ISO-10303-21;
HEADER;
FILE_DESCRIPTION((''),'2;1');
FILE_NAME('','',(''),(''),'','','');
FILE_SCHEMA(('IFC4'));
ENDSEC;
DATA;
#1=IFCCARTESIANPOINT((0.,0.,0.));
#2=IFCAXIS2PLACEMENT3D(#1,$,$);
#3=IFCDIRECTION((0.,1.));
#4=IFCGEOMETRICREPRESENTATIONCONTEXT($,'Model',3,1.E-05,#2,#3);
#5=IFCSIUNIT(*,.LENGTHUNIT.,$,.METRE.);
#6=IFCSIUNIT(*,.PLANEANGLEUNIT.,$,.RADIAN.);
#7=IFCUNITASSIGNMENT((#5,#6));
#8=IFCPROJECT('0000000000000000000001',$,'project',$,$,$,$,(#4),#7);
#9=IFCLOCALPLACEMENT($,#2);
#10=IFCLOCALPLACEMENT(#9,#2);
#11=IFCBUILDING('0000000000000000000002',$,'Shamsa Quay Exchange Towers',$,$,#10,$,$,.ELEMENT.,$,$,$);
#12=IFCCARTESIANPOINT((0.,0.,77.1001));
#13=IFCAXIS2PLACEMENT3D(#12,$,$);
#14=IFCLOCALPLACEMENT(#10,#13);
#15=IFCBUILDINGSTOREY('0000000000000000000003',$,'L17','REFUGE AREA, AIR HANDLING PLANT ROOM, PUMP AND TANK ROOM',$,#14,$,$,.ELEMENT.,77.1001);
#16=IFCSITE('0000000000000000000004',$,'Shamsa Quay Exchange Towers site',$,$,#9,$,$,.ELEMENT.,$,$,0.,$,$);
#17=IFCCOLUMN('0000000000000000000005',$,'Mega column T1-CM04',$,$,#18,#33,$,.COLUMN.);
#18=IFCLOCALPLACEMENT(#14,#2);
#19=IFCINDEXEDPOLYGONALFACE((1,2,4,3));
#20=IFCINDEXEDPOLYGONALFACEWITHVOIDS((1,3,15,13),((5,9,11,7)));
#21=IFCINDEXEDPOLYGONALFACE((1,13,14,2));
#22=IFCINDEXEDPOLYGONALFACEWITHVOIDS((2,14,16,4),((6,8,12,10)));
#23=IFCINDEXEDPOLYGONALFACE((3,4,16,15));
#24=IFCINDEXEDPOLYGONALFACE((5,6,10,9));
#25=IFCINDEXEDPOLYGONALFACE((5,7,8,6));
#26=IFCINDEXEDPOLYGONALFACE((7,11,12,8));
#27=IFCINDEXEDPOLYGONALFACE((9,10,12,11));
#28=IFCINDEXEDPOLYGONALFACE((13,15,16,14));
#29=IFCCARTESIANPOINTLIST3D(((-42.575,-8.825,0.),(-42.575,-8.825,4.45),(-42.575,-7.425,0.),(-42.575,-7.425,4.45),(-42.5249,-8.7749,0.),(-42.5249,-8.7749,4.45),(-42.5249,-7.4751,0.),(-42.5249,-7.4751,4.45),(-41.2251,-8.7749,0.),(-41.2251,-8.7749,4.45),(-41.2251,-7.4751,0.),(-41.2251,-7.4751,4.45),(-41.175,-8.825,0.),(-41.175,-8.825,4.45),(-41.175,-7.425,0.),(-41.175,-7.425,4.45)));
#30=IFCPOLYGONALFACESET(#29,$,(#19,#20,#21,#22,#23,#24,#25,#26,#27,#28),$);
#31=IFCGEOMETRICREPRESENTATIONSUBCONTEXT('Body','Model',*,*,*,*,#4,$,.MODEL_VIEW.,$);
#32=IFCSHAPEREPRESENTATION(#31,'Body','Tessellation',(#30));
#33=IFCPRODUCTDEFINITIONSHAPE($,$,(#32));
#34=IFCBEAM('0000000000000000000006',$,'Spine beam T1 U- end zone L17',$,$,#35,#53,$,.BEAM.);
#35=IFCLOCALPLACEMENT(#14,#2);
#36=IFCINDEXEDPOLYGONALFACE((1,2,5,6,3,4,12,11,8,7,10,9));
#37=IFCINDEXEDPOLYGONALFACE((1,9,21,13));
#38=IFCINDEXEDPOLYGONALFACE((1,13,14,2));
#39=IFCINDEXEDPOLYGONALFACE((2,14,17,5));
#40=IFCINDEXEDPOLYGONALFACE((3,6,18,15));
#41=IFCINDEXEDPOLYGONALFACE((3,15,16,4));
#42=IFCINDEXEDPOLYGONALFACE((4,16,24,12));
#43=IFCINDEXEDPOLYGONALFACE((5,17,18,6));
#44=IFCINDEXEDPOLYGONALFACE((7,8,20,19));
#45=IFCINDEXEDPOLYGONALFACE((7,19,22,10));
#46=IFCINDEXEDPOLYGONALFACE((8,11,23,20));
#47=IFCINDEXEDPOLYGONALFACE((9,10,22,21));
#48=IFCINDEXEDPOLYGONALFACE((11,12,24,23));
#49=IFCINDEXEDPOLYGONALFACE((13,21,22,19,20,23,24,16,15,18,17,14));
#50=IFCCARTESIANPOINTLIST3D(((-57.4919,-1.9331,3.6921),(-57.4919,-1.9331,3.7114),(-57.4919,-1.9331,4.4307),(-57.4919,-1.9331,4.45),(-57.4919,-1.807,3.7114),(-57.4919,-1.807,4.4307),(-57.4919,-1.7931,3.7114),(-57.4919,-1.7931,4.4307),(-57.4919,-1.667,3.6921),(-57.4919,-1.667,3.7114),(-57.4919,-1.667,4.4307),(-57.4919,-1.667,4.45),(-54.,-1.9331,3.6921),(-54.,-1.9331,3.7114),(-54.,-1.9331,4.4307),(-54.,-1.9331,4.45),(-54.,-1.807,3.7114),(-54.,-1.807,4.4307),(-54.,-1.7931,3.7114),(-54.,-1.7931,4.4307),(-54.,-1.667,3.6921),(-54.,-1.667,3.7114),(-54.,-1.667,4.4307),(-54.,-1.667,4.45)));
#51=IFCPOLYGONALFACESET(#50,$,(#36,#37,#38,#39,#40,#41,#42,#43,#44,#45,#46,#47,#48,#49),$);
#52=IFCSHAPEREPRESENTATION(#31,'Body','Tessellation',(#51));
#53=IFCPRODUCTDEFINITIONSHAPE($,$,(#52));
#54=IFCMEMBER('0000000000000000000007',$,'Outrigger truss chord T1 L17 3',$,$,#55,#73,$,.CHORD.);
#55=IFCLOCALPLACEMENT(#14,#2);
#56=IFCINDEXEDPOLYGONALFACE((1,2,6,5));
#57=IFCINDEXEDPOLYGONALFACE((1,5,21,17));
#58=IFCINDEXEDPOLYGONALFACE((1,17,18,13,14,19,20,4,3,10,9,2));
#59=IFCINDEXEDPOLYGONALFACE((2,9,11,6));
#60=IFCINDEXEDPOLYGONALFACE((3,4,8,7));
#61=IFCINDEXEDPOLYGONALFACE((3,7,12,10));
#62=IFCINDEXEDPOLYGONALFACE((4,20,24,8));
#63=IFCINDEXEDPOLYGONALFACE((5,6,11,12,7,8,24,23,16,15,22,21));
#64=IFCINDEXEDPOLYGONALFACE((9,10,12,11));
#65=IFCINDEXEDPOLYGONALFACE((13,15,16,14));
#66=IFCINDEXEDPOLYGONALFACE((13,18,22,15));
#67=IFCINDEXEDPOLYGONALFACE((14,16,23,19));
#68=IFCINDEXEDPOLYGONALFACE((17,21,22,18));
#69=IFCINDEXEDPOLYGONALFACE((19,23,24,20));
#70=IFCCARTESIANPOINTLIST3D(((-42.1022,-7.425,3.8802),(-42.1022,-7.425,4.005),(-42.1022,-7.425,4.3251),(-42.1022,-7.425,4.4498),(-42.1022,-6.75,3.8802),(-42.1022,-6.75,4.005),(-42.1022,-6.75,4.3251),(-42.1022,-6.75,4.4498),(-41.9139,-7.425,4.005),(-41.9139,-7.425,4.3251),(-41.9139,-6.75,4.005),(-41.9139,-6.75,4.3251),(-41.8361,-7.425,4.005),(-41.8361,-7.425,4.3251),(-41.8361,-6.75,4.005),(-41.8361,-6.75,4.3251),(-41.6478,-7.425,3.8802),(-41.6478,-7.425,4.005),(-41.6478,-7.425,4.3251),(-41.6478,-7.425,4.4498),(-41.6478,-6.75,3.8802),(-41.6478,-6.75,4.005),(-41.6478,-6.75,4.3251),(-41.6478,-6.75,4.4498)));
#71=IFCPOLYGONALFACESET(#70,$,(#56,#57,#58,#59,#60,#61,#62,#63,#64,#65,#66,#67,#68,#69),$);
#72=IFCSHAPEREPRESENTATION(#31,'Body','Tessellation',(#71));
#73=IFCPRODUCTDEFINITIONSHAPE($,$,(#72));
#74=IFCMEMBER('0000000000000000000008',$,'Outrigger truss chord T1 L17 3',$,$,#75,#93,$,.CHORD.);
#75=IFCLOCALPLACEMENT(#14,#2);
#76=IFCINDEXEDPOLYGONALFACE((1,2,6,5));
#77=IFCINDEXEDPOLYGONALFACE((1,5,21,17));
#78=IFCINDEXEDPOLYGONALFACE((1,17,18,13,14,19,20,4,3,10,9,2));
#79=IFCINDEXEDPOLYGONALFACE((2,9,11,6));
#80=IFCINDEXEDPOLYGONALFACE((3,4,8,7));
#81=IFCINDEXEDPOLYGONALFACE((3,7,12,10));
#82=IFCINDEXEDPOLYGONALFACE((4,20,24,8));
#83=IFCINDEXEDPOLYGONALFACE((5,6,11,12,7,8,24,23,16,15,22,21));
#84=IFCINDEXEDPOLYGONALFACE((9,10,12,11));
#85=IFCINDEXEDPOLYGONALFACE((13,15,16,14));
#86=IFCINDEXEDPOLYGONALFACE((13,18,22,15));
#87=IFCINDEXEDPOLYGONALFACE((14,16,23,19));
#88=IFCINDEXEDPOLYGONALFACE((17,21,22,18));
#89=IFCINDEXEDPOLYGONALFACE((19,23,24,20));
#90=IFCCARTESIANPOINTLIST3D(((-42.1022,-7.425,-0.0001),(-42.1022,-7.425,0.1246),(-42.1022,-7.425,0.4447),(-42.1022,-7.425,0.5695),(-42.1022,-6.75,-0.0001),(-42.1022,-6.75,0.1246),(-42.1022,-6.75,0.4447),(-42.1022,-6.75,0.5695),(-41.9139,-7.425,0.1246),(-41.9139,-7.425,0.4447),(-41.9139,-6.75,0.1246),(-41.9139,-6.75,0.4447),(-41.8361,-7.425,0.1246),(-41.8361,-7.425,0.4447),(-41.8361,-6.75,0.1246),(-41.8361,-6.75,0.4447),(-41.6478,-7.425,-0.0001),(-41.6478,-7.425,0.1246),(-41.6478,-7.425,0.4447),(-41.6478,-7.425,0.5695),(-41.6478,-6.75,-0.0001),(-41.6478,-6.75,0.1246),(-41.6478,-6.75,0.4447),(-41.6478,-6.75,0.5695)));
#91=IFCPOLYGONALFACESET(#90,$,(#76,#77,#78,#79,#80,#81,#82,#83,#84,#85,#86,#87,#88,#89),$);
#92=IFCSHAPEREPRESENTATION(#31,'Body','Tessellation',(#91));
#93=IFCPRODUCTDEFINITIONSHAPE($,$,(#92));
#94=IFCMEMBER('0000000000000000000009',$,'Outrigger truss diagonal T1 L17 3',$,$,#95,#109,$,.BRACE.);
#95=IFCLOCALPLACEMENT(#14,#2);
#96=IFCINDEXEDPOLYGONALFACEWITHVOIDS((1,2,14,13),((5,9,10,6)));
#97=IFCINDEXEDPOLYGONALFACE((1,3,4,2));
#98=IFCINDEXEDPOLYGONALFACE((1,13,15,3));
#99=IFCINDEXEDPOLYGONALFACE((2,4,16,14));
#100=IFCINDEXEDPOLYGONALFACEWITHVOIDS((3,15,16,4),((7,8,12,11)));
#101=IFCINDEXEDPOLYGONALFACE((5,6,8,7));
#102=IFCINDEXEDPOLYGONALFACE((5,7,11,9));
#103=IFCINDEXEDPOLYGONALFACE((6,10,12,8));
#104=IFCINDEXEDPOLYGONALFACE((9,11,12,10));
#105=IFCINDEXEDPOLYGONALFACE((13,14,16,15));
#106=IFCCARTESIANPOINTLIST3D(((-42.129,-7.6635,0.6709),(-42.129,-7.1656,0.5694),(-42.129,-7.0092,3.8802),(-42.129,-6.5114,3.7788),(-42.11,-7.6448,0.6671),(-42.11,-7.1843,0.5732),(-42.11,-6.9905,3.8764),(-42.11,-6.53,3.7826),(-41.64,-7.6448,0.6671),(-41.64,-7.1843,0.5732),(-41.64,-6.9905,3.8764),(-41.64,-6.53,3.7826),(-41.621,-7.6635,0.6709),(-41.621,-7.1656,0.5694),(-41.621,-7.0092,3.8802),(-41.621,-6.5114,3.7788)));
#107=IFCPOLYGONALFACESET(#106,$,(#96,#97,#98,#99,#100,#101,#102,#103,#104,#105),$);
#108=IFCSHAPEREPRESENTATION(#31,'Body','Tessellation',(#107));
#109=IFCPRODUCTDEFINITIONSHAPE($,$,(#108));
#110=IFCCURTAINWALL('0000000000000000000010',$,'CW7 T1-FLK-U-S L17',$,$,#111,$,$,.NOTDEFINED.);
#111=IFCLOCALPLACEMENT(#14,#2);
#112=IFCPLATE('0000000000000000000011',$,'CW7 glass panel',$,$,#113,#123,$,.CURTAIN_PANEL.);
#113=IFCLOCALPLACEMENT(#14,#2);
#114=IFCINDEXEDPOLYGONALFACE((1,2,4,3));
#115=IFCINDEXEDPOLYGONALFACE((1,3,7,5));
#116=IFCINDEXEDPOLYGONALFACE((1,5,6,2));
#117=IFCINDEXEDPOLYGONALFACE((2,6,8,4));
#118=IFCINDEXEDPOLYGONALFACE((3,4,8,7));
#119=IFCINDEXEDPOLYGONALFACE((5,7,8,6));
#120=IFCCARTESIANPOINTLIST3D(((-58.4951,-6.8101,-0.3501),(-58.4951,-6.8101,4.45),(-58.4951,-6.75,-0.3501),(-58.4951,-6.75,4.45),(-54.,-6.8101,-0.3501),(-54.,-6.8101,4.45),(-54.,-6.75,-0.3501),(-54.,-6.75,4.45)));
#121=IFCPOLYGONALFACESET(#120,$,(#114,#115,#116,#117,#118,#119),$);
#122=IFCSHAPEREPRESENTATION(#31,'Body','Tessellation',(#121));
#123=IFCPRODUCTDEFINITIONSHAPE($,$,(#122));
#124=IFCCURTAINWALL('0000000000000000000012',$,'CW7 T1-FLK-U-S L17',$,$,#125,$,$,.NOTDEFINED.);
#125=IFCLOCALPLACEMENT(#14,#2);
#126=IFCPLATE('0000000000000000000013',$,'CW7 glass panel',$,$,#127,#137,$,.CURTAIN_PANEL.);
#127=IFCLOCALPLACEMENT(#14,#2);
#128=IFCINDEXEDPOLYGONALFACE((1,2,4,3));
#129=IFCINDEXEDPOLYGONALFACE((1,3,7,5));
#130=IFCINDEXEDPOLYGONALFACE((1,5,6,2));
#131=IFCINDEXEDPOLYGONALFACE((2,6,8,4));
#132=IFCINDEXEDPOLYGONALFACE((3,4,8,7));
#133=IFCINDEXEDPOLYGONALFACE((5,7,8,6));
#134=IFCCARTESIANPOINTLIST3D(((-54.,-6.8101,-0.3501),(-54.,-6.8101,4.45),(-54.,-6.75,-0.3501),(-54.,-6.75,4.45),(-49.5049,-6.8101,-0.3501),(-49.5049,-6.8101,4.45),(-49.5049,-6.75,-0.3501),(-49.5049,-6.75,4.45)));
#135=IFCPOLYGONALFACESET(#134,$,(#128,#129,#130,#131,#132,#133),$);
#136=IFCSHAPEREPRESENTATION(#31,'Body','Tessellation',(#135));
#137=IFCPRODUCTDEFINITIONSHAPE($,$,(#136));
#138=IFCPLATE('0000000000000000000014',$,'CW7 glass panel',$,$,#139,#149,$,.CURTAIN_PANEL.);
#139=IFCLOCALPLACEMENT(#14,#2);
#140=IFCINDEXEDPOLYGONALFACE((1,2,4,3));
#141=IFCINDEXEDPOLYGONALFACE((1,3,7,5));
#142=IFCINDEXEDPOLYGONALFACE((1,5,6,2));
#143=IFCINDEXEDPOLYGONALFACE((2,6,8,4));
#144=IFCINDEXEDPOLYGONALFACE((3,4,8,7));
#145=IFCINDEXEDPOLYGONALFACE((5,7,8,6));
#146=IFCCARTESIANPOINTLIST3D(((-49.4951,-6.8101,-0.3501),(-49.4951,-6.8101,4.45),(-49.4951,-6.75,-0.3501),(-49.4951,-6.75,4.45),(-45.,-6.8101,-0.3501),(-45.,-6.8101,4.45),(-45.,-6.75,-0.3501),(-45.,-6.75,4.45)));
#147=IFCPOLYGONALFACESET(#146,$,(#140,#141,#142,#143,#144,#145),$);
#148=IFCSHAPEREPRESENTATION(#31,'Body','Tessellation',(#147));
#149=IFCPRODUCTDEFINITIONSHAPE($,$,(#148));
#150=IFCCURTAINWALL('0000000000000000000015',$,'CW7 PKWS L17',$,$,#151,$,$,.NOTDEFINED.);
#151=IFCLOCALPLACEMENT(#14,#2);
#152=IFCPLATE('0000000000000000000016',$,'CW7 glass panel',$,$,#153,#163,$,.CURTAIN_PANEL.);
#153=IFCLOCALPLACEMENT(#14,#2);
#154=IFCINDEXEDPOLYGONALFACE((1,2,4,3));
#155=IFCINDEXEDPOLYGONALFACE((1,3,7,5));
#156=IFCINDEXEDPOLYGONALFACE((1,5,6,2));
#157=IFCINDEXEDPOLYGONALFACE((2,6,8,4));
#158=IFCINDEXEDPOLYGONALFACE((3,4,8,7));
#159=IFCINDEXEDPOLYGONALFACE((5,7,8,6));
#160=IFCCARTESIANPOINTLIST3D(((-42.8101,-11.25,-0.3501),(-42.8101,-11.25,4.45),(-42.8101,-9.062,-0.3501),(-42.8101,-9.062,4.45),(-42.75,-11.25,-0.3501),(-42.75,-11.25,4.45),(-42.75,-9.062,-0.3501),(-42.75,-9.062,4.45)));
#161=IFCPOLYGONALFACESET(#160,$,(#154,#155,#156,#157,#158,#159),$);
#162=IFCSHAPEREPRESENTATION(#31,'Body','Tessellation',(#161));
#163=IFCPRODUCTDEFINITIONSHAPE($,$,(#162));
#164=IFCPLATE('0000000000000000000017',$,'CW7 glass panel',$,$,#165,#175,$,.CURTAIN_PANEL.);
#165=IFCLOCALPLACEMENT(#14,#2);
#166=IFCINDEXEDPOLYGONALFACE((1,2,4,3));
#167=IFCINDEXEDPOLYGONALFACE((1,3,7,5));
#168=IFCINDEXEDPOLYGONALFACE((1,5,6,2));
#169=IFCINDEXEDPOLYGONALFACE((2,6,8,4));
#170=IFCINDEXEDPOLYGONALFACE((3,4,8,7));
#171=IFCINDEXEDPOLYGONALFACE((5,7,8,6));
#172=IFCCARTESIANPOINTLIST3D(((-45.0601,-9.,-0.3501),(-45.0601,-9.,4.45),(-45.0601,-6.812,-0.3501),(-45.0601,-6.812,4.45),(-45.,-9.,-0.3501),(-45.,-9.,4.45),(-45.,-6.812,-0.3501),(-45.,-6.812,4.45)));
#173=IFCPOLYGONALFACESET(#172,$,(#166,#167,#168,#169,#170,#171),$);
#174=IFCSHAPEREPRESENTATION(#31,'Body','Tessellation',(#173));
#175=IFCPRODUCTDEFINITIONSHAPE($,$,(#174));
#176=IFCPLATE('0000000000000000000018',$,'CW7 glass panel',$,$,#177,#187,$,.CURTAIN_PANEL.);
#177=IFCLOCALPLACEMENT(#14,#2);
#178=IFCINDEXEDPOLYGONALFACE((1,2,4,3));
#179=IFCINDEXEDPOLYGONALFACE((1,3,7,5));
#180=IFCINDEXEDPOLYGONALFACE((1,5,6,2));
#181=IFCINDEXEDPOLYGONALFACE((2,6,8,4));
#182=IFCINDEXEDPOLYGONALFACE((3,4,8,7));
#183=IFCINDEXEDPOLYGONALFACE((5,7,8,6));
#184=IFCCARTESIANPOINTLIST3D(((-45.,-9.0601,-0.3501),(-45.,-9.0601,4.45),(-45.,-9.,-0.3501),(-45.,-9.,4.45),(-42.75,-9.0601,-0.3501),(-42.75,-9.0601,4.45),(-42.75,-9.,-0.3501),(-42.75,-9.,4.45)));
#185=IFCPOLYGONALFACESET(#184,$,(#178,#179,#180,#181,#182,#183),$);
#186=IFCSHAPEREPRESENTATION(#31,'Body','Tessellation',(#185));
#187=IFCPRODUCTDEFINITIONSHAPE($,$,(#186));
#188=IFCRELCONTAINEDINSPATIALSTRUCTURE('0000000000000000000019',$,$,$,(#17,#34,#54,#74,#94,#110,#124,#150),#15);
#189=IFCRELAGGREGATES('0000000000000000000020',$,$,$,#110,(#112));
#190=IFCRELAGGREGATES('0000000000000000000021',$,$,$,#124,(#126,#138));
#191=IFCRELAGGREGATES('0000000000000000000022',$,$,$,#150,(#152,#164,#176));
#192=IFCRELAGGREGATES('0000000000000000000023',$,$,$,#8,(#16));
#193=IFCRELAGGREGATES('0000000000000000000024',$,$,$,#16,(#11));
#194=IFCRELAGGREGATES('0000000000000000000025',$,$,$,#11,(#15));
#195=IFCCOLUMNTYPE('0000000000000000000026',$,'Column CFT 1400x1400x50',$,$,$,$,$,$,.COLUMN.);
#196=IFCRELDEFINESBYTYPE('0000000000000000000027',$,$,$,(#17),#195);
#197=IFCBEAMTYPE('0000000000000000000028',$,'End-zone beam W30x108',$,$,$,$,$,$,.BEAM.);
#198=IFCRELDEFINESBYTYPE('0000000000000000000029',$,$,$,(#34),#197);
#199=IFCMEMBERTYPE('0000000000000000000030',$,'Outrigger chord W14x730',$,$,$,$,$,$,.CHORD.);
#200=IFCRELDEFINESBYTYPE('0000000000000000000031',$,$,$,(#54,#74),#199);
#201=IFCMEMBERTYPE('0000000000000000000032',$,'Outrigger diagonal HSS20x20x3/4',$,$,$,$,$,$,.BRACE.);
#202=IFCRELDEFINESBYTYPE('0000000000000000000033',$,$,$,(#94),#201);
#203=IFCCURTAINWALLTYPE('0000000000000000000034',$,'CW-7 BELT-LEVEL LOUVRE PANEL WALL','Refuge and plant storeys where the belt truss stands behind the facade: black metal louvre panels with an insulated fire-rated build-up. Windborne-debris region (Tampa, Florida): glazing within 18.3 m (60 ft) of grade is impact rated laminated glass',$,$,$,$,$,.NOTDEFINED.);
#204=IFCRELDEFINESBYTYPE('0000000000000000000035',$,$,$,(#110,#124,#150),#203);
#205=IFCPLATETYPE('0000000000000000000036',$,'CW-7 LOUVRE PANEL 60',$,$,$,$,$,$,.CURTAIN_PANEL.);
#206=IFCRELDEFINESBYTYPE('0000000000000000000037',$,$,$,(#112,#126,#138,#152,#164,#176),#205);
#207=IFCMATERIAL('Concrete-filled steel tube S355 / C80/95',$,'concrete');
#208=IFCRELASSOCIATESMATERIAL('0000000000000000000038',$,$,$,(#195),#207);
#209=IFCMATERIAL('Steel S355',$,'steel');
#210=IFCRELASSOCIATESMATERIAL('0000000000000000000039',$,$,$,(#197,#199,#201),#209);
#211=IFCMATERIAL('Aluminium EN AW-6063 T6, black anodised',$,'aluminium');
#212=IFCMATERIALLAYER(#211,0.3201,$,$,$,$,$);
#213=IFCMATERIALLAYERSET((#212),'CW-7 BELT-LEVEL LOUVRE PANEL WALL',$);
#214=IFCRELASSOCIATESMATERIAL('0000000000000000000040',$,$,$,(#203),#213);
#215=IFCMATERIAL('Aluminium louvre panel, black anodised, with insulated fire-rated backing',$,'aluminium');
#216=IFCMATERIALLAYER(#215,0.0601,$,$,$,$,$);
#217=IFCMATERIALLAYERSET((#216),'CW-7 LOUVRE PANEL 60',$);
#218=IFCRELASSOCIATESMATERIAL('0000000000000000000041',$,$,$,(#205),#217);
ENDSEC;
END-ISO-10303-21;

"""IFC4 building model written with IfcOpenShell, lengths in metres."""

from ifc_helpers import new_model, si_unit, direction, frame, origin, origin_2d, place, context, subcontext, project, spatial, rectangle, hollow_rectangle, i_section, extrude, material, layer, layer_set, material_profile, profile_set, type_object, element, aggregate, save


model = new_model("IFC4")

# Units and contexts
model_context = context("Model", 3, precision=1e-05, world=origin(), true_north=direction((0.0, 1.0)))
body_context = subcontext(model_context, "Body", "Model", "MODEL_VIEW")
ifc_project = project(units=[si_unit("LENGTHUNIT", "METRE"), si_unit("PLANEANGLEUNIT", "RADIAN")], contexts=[model_context])

# Site, building, storey
site_placement = place(None, origin())
site = spatial("IfcSite", under=ifc_project, at=site_placement, Name="Shamsa Quay Exchange Towers site", CompositionType="ELEMENT", RefElevation=0.0)
building_placement = place(site_placement, origin())
building = spatial("IfcBuilding", under=site, at=building_placement, Name="Shamsa Quay Exchange Towers", CompositionType="ELEMENT")
storey_placement = place(building_placement, frame((0.0, 0.0, 77.1001)))
storey = spatial("IfcBuildingStorey", under=building, at=storey_placement, Name="L17", Description="REFUGE AREA, AIR HANDLING PLANT ROOM, PUMP AND TANK ROOM", CompositionType="ELEMENT", Elevation=77.1001)

# Column
ifc_material_1 = material(Name="Concrete-filled steel tube S355 / C80/95", Category="concrete")
ifc_material_profile_1 = material_profile(ifc_material_1, hollow_rectangle(XDim=1.3999, YDim=1.3999, WallThickness=0.05, at=origin_2d()), Name="CFT 1400x1400x50")
ifc_profile_set_1 = profile_set([ifc_material_profile_1], Name="Concrete-filled steel tube S355 / C80/95")
column_type = type_object("IfcColumnType", Name="Column CFT 1400x1400x50", PredefinedType="COLUMN", material=ifc_profile_set_1)
column_placement = place(storey_placement, frame((-41.875, -8.125, 0.0)))
element("IfcColumn", 1, at=column_placement, inside=storey, type_object=column_type, Name="Mega column T1-CM04", PredefinedType="COLUMN", context=body_context, shape_type="SweptSolid", body=[
    extrude(hollow_rectangle(XDim=1.3999, YDim=1.3999, WallThickness=0.05, at=origin_2d()), origin(), (0.0, 0.0, 1.0), 4.45),
])

# Beam
ifc_material_2 = material(Name="Steel S355", Category="steel")
ifc_material_profile_2 = material_profile(ifc_material_2, i_section(OverallWidth=0.2661, OverallDepth=0.7578, WebThickness=0.0139, FlangeThickness=0.0193, at=origin_2d()), Name="W30x108")
ifc_profile_set_2 = profile_set([ifc_material_profile_2], Name="Steel S355")
beam_type = type_object("IfcBeamType", Name="End-zone beam W30x108", PredefinedType="BEAM", material=ifc_profile_set_2)
beam_placement = place(storey_placement, frame((-54.0, -1.8, 4.071), z_axis=(-1.0, 0.0, 0.0), x_axis=(0.0, -1.0, 0.0)))
element("IfcBeam", 2, at=beam_placement, inside=storey, type_object=beam_type, Name="Spine beam T1 U- end zone L17", PredefinedType="BEAM", context=body_context, shape_type="SweptSolid", body=[
    extrude(i_section(OverallWidth=0.2661, OverallDepth=0.7578, WebThickness=0.0139, FlangeThickness=0.0193, at=origin_2d()), origin(), (0.0, 0.0, 1.0), 3.4919),
])

# Members
ifc_material_profile_3 = material_profile(ifc_material_2, i_section(OverallWidth=0.4543, OverallDepth=0.5696, WebThickness=0.0779, FlangeThickness=0.1248, at=origin_2d()), Name="W14x730")
ifc_profile_set_3 = profile_set([ifc_material_profile_3], Name="Steel S355")
member_type_1 = type_object("IfcMemberType", Name="Outrigger chord W14x730", PredefinedType="CHORD", material=ifc_profile_set_3)
for number, where, z_axis, x_axis, name in (
    (3, (-41.875, -7.425, 4.165), (0.0, 1.0, 0.0), (-1.0, 0.0, 0.0), "Outrigger truss chord T1 L17 3"),
    (4, (-41.875, -7.425, 0.2847), (0.0, 1.0, 0.0), (-1.0, 0.0, 0.0), "Outrigger truss chord T1 L17 3"),
):
    element("IfcMember", number, at=place(storey_placement, frame(where, z_axis=z_axis, x_axis=x_axis)), inside=storey, type_object=member_type_1, Name=name, PredefinedType="CHORD", context=body_context, shape_type="SweptSolid", body=[
        extrude(i_section(OverallWidth=0.4543, OverallDepth=0.5696, WebThickness=0.0779, FlangeThickness=0.1248, at=origin_2d()), origin(), (0.0, 0.0, 1.0), 0.675),
    ])
ifc_material_profile_4 = material_profile(ifc_material_2, hollow_rectangle(XDim=0.5081, YDim=0.5081, WallThickness=0.019, at=origin_2d()), Name="HSS20x20x3/4")
ifc_profile_set_4 = profile_set([ifc_material_profile_4], Name="Steel S355")
member_type_2 = type_object("IfcMemberType", Name="Outrigger diagonal HSS20x20x3/4", PredefinedType="BRACE", material=ifc_profile_set_4)
member_placement = place(storey_placement, frame((-41.875, -7.4146, 0.6201), z_axis=(0.0, 0.199756, 0.979846), x_axis=(-1.0, 0.0, 0.0)))
element("IfcMember", 5, at=member_placement, inside=storey, type_object=member_type_2, Name="Outrigger truss diagonal T1 L17 3", PredefinedType="BRACE", context=body_context, shape_type="SweptSolid", body=[
    extrude(hollow_rectangle(XDim=0.5081, YDim=0.5081, WallThickness=0.019, at=origin_2d()), origin(), (0.0, 0.0, 1.0), 3.2754),
])

# Curtain wall, plate
ifc_material_3 = material(Name="Aluminium EN AW-6063 T6, black anodised", Category="aluminium")
ifc_layer_1 = layer(ifc_material_3, 0.3201)
ifc_layer_set_1 = layer_set([ifc_layer_1], Name="CW-7 BELT-LEVEL LOUVRE PANEL WALL")
curtain_wall_type = type_object("IfcCurtainWallType", Name="CW-7 BELT-LEVEL LOUVRE PANEL WALL", Description="Refuge and plant storeys where the belt truss stands behind the facade: black metal louvre panels with an insulated fire-rated build-up. Windborne-debris region (Tampa, Florida): glazing within 18.3 m (60 ft) of grade is impact rated laminated glass", PredefinedType="NOTDEFINED", material=ifc_layer_set_1)
curtain_wall_1_placement = place(storey_placement, origin())
curtain_wall_1 = element("IfcCurtainWall", 6, at=curtain_wall_1_placement, inside=storey, type_object=curtain_wall_type, Name="CW7 T1-FLK-U-S L17", PredefinedType="NOTDEFINED")
ifc_material_4 = material(Name="Aluminium louvre panel, black anodised, with insulated fire-rated backing", Category="aluminium")
ifc_layer_2 = layer(ifc_material_4, 0.0601)
ifc_layer_set_2 = layer_set([ifc_layer_2], Name="CW-7 LOUVRE PANEL 60")
plate_type = type_object("IfcPlateType", Name="CW-7 LOUVRE PANEL 60", PredefinedType="CURTAIN_PANEL", material=ifc_layer_set_2)
plate_1_placement = place(storey_placement, frame((-56.2476, -6.78, -0.3501)))
plate_1 = element("IfcPlate", 7, at=plate_1_placement, type_object=plate_type, Name="CW7 glass panel", PredefinedType="CURTAIN_PANEL", context=body_context, shape_type="SweptSolid", body=[
    extrude(rectangle(XDim=4.4951, YDim=0.0601, at=origin_2d()), origin(), (0.0, 0.0, 1.0), 4.8),
])
aggregate(curtain_wall_1, [plate_1])

# Curtain walls, plates
curtain_wall_2_placement = place(storey_placement, origin())
curtain_wall_2 = element("IfcCurtainWall", 8, at=curtain_wall_2_placement, inside=storey, type_object=curtain_wall_type, Name="CW7 T1-FLK-U-S L17", PredefinedType="NOTDEFINED")
plate_2_placement = place(storey_placement, frame((-51.7524, -6.78, -0.3501)))
plate_2 = element("IfcPlate", 9, at=plate_2_placement, type_object=plate_type, Name="CW7 glass panel", PredefinedType="CURTAIN_PANEL", context=body_context, shape_type="SweptSolid", body=[
    extrude(rectangle(XDim=4.4951, YDim=0.0601, at=origin_2d()), origin(), (0.0, 0.0, 1.0), 4.8),
])
plate_3_placement = place(storey_placement, frame((-47.2476, -6.78, -0.3501)))
plate_3 = element("IfcPlate", 10, at=plate_3_placement, type_object=plate_type, Name="CW7 glass panel", PredefinedType="CURTAIN_PANEL", context=body_context, shape_type="SweptSolid", body=[
    extrude(rectangle(XDim=4.4951, YDim=0.0601, at=origin_2d()), origin(), (0.0, 0.0, 1.0), 4.8),
])
aggregate(curtain_wall_2, [plate_2, plate_3])
curtain_wall_3_placement = place(storey_placement, origin())
curtain_wall_3 = element("IfcCurtainWall", 11, at=curtain_wall_3_placement, inside=storey, type_object=curtain_wall_type, Name="CW7 PKWS L17", PredefinedType="NOTDEFINED")
plate_4_placement = place(storey_placement, frame((-42.78, -10.156, -0.3501), z_axis=(0.0, 0.0, 1.0), x_axis=(0.0, -1.0, 0.0)))
plate_4 = element("IfcPlate", 12, at=plate_4_placement, type_object=plate_type, Name="CW7 glass panel", PredefinedType="CURTAIN_PANEL", context=body_context, shape_type="SweptSolid", body=[
    extrude(rectangle(XDim=2.188, YDim=0.0601, at=origin_2d()), origin(), (0.0, 0.0, 1.0), 4.8),
])
plate_5_placement = place(storey_placement, frame((-45.03, -7.906, -0.3501), z_axis=(0.0, 0.0, 1.0), x_axis=(0.0, -1.0, 0.0)))
plate_5 = element("IfcPlate", 13, at=plate_5_placement, type_object=plate_type, Name="CW7 glass panel", PredefinedType="CURTAIN_PANEL", context=body_context, shape_type="SweptSolid", body=[
    extrude(rectangle(XDim=2.188, YDim=0.0601, at=origin_2d()), origin(), (0.0, 0.0, 1.0), 4.8),
])
plate_6_placement = place(storey_placement, frame((-43.875, -9.03, -0.3501)))
plate_6 = element("IfcPlate", 14, at=plate_6_placement, type_object=plate_type, Name="CW7 glass panel", PredefinedType="CURTAIN_PANEL", context=body_context, shape_type="SweptSolid", body=[
    extrude(rectangle(XDim=2.25, YDim=0.0601, at=origin_2d()), origin(), (0.0, 0.0, 1.0), 4.8),
])
aggregate(curtain_wall_3, [plate_4, plate_5, plate_6])

save(model, "model.ifc")
